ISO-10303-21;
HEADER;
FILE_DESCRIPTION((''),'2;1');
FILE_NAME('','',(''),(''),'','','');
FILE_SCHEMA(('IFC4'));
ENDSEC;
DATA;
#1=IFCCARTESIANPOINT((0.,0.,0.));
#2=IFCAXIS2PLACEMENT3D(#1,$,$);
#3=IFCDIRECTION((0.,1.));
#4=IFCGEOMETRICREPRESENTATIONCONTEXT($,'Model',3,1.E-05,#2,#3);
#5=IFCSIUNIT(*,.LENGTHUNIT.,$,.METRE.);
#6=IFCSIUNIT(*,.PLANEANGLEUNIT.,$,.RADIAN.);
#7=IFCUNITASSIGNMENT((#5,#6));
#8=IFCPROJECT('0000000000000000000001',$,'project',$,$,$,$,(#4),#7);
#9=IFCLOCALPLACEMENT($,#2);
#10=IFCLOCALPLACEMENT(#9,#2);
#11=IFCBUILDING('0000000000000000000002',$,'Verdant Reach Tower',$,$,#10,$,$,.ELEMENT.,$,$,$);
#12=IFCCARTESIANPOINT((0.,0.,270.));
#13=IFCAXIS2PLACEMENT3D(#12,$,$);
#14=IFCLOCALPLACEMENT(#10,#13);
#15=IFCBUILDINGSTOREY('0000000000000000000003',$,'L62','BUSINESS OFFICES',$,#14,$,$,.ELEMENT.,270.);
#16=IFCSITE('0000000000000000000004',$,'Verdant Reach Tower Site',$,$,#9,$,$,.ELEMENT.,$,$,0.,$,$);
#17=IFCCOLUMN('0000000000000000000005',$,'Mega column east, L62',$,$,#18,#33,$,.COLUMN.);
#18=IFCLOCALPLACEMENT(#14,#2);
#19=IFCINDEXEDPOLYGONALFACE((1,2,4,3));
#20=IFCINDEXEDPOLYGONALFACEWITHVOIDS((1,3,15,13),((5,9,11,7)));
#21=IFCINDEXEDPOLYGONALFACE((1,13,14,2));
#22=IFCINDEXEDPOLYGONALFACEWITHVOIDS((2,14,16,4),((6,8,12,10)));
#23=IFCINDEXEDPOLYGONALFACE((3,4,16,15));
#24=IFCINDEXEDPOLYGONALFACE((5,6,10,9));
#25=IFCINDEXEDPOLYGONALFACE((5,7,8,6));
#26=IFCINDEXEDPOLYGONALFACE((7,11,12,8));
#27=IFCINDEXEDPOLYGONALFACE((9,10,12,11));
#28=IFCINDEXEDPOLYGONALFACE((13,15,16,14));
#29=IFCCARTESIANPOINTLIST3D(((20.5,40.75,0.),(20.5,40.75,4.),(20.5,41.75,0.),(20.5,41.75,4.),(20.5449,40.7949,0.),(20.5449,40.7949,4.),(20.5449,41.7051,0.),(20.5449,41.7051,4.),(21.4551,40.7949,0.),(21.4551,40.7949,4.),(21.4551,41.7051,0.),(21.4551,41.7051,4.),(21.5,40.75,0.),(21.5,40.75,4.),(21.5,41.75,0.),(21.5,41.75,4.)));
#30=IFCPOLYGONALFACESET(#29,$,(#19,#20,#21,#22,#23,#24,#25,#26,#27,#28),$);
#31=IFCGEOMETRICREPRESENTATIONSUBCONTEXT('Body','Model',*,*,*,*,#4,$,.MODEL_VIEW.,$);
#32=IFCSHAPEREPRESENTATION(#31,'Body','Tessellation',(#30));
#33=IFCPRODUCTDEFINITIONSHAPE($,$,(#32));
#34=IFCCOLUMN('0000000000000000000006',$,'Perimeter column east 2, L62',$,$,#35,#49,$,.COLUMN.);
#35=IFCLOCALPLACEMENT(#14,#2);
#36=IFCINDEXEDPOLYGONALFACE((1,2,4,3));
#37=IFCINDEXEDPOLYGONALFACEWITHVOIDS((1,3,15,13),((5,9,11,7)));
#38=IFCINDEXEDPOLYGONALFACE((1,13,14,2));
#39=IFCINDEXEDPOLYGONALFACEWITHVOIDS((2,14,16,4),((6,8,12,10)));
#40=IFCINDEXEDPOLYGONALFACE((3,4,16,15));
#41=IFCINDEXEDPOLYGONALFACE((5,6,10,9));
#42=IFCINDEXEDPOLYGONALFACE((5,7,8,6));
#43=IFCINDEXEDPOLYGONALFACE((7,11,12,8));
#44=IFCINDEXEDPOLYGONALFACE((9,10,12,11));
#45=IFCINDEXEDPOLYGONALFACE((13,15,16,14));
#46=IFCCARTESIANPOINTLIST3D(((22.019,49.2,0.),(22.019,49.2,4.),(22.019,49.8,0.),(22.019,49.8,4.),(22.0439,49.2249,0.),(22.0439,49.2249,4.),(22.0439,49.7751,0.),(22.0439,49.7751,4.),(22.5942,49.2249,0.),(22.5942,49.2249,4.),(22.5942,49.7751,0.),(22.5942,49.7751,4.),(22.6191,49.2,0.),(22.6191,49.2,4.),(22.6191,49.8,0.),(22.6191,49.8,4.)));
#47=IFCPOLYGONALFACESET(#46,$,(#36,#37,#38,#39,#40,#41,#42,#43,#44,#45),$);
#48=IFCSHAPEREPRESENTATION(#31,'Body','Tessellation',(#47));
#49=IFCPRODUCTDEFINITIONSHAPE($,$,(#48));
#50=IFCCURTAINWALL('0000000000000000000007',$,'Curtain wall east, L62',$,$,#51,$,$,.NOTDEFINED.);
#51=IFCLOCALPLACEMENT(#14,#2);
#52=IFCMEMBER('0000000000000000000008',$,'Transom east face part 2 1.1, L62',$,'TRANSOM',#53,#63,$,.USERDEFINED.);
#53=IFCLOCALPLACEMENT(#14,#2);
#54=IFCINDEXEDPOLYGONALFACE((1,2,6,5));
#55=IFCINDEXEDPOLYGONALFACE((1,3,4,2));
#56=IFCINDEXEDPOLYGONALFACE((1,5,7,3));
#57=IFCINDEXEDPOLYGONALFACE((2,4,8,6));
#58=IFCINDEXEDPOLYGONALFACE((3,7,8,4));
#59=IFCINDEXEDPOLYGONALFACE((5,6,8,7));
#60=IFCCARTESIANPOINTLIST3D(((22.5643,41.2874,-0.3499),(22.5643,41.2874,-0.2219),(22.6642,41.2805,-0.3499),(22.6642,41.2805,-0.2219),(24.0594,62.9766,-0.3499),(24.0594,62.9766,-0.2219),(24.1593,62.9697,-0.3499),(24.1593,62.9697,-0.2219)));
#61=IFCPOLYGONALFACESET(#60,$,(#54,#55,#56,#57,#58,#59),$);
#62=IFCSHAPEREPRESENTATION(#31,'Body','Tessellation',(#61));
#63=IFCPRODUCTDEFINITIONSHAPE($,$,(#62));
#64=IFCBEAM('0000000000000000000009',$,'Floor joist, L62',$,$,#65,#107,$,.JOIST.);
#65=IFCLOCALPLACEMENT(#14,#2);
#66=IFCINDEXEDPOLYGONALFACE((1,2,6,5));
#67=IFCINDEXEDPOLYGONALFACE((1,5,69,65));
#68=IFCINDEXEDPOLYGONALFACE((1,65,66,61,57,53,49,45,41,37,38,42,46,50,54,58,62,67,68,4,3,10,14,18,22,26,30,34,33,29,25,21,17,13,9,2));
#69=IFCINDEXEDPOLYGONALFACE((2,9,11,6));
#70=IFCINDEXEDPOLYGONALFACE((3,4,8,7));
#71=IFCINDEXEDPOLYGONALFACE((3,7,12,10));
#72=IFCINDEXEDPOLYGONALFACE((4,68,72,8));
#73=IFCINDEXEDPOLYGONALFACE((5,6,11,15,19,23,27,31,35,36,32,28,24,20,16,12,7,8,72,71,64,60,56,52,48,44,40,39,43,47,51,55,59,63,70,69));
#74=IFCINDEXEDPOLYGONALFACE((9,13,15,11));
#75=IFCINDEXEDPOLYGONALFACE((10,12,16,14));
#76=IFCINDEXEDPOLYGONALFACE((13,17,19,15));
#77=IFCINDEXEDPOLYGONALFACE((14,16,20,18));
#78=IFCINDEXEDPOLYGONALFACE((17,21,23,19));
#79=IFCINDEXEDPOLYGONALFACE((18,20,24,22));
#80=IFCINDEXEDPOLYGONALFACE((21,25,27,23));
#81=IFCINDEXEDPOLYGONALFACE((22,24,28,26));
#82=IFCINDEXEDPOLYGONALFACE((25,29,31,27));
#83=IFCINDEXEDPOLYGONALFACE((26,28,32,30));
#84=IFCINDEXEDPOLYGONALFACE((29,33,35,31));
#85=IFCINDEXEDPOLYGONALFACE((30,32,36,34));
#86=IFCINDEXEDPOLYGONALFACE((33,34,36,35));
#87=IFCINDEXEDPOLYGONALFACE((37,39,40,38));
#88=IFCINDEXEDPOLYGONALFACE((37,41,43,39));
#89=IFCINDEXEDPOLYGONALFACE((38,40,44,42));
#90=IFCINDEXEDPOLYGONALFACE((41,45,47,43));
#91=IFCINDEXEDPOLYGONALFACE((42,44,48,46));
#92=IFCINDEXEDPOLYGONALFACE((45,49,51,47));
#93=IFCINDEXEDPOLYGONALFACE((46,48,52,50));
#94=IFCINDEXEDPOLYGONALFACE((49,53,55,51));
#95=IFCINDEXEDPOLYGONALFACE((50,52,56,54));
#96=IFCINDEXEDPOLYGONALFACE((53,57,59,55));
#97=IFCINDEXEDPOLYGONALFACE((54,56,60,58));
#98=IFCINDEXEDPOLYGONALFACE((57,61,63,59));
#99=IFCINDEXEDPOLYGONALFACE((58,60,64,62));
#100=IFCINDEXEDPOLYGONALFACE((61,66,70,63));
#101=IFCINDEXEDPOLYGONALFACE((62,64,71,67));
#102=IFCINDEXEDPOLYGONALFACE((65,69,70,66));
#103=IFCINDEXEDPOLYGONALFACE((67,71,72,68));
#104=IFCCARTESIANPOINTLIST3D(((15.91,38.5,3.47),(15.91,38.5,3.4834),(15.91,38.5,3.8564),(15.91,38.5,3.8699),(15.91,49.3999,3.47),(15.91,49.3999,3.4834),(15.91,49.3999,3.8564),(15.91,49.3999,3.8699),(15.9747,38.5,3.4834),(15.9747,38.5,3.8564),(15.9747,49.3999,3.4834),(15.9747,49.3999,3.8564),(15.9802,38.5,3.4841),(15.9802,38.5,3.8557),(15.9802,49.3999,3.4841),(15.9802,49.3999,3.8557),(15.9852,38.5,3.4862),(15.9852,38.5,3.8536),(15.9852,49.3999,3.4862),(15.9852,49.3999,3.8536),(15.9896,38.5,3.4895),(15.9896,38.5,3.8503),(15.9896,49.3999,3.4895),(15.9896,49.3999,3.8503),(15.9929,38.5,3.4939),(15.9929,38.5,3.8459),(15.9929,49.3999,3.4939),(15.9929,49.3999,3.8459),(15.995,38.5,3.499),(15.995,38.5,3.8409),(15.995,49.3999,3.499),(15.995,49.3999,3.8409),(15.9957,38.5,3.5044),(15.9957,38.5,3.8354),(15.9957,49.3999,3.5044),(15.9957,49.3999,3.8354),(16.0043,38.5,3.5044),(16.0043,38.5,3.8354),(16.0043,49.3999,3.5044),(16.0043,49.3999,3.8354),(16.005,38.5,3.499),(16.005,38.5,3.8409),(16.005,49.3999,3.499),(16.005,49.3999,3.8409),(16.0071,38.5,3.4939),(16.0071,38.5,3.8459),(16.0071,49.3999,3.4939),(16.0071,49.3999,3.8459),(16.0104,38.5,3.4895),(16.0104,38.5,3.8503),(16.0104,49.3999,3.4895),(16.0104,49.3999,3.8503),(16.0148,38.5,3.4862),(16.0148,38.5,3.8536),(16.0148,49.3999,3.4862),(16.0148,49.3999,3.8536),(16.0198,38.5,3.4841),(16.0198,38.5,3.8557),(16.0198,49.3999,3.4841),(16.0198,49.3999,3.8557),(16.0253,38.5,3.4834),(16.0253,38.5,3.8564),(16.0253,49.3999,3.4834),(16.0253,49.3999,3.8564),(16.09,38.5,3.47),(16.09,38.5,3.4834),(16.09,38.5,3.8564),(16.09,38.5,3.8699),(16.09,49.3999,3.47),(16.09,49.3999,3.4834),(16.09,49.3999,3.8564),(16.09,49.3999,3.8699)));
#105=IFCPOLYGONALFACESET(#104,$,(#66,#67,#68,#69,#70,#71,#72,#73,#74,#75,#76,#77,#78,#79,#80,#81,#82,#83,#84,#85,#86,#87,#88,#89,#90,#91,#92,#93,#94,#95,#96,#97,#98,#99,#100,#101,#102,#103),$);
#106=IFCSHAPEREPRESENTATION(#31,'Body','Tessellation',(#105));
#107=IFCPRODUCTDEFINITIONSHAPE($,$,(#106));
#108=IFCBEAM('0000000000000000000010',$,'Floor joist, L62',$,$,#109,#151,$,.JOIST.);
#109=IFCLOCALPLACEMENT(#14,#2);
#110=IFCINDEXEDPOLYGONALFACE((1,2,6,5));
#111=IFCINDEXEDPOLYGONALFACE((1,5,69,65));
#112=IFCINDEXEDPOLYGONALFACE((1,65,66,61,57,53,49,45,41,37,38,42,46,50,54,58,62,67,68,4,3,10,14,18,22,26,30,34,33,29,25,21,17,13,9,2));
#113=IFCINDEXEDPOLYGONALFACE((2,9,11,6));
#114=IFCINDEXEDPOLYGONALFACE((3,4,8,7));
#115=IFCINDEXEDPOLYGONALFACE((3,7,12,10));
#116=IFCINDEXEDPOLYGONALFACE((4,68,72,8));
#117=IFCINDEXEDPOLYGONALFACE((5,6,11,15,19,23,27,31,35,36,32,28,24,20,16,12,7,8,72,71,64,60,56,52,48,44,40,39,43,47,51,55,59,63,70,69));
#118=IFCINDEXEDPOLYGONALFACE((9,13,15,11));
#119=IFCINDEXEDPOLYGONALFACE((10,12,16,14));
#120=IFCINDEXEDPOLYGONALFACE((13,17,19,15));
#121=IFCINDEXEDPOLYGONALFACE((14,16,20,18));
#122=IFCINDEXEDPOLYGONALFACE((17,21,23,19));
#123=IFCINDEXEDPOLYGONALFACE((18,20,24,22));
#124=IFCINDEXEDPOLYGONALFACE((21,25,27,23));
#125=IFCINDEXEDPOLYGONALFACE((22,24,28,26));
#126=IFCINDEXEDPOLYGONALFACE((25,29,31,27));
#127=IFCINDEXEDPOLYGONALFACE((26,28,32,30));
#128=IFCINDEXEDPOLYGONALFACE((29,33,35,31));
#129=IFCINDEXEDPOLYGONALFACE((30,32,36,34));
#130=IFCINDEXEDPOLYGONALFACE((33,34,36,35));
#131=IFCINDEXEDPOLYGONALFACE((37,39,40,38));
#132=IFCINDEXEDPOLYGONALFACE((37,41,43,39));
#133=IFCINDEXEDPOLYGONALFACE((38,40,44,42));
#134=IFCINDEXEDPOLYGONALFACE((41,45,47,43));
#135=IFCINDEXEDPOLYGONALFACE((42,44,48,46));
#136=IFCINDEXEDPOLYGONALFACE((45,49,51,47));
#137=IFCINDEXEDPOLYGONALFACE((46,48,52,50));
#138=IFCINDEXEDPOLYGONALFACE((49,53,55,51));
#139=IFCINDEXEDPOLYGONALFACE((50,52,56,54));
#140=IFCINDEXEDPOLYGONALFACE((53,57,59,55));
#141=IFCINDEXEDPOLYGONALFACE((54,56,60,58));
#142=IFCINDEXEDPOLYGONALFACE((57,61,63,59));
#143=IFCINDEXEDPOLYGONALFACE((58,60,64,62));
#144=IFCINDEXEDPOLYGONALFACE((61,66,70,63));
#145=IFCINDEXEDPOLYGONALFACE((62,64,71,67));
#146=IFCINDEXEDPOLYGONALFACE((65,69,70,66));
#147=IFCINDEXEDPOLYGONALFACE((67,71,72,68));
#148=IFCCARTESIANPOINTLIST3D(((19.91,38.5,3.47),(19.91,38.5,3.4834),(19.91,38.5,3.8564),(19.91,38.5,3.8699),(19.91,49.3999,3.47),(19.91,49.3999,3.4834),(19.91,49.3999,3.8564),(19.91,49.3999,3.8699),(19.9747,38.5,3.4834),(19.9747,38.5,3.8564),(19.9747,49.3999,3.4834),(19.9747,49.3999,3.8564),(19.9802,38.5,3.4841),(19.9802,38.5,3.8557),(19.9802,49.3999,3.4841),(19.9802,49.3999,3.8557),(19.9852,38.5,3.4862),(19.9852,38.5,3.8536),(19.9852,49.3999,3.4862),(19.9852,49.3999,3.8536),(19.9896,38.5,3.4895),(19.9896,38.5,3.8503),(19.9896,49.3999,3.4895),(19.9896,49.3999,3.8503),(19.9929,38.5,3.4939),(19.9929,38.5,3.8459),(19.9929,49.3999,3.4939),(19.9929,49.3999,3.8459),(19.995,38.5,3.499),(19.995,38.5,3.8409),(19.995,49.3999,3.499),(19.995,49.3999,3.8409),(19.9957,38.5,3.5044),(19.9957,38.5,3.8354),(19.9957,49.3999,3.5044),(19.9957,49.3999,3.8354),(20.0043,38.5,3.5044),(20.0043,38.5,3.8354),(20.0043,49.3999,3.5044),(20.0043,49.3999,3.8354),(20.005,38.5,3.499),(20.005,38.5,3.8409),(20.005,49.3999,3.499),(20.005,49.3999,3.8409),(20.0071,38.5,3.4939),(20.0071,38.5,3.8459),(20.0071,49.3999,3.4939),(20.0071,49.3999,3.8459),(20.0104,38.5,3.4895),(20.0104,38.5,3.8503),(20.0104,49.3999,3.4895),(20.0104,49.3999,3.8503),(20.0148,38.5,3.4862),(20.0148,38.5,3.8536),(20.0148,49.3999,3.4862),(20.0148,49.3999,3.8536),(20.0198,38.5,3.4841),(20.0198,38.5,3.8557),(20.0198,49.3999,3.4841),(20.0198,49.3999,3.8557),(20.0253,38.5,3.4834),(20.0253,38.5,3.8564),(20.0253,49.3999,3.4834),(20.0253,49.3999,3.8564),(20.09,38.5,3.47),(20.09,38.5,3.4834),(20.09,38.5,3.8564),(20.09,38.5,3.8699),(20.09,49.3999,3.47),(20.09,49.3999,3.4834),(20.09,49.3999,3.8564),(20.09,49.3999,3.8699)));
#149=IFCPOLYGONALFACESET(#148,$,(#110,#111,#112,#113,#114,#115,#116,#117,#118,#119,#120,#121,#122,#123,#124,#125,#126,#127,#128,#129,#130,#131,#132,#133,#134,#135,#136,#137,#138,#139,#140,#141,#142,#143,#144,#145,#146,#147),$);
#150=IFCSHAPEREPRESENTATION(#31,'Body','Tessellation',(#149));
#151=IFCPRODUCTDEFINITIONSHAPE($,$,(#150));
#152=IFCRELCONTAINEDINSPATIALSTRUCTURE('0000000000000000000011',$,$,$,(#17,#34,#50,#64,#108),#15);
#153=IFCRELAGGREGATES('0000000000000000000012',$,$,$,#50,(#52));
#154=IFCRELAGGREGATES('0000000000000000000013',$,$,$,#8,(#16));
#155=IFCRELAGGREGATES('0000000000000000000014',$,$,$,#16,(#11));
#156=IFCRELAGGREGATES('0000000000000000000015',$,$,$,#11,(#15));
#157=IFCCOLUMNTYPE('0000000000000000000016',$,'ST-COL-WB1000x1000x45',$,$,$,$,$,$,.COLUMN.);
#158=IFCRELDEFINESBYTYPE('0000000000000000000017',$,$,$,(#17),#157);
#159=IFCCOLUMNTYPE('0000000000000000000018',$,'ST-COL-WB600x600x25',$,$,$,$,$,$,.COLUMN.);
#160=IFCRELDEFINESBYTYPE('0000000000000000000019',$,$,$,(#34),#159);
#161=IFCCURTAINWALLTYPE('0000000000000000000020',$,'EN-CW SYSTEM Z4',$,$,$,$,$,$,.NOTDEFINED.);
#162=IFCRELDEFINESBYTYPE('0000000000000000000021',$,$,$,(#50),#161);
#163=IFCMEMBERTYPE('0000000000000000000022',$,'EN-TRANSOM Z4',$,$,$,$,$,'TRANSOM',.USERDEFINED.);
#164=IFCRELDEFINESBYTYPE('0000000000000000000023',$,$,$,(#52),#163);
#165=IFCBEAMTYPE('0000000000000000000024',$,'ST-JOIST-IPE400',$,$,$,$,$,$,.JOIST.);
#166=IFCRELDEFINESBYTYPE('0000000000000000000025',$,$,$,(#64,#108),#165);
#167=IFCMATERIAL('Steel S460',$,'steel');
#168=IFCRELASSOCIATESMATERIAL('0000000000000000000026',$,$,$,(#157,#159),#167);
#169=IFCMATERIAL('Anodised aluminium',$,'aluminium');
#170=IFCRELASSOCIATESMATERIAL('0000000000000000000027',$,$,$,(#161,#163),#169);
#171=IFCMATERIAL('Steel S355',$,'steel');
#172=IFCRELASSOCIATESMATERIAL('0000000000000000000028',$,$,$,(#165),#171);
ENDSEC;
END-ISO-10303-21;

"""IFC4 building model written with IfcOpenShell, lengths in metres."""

from ifc_helpers import new_model, si_unit, direction, frame, origin, origin_2d, place, context, subcontext, project, spatial, rectangle, hollow_rectangle, i_section, extrude, material, material_profile, profile_set, type_object, element, aggregate, save


model = new_model("IFC4")

# Units and contexts
model_context = context("Model", 3, precision=1e-05, world=origin(), true_north=direction((0.0, 1.0)))
body_context = subcontext(model_context, "Body", "Model", "MODEL_VIEW")
ifc_project = project(units=[si_unit("LENGTHUNIT", "METRE"), si_unit("PLANEANGLEUNIT", "RADIAN")], contexts=[model_context])

# Site, building, storey
site_placement = place(None, origin())
site = spatial("IfcSite", under=ifc_project, at=site_placement, Name="Verdant Reach Tower Site", CompositionType="ELEMENT", RefElevation=0.0)
building_placement = place(site_placement, origin())
building = spatial("IfcBuilding", under=site, at=building_placement, Name="Verdant Reach Tower", CompositionType="ELEMENT")
storey_placement = place(building_placement, frame((0.0, 0.0, 270.0)))
storey = spatial("IfcBuildingStorey", under=building, at=storey_placement, Name="L62", Description="BUSINESS OFFICES", CompositionType="ELEMENT", Elevation=270.0)

# Columns
ifc_material_1 = material(Name="Steel S460", Category="steel")
ifc_material_profile_1 = material_profile(ifc_material_1, hollow_rectangle(XDim=1.0, YDim=1.0, WallThickness=0.0449, at=origin_2d()), Name="WB 1000x1000x45")
ifc_profile_set_1 = profile_set([ifc_material_profile_1], Name="Steel S460")
column_type_1 = type_object("IfcColumnType", Name="ST-COL-WB1000x1000x45", PredefinedType="COLUMN", material=ifc_profile_set_1)
column_1_placement = place(storey_placement, frame((21.0, 41.25, 0.0), z_axis=(0.0, 0.0, 1.0), x_axis=(1.0, 0.0, 0.0)))
element("IfcColumn", 1, at=column_1_placement, inside=storey, type_object=column_type_1, Name="Mega column east, L62", PredefinedType="COLUMN", context=body_context, shape_type="SweptSolid", body=[
    extrude(hollow_rectangle(XDim=1.0, YDim=1.0, WallThickness=0.0449, at=origin_2d()), origin(), (0.0, 0.0, 1.0), 4.0),
])
ifc_material_profile_2 = material_profile(ifc_material_1, hollow_rectangle(XDim=0.6001, YDim=0.6001, WallThickness=0.0249, at=origin_2d()), Name="WB 600x600x25")
ifc_profile_set_2 = profile_set([ifc_material_profile_2], Name="Steel S460")
column_type_2 = type_object("IfcColumnType", Name="ST-COL-WB600x600x25", PredefinedType="COLUMN", material=ifc_profile_set_2)
column_2_placement = place(storey_placement, frame((22.3191, 49.5, 0.0), z_axis=(0.0, 0.0, 1.0), x_axis=(1.0, 0.0, 0.0)))
element("IfcColumn", 2, at=column_2_placement, inside=storey, type_object=column_type_2, Name="Perimeter column east 2, L62", PredefinedType="COLUMN", context=body_context, shape_type="SweptSolid", body=[
    extrude(hollow_rectangle(XDim=0.6001, YDim=0.6001, WallThickness=0.0249, at=origin_2d()), origin(), (0.0, 0.0, 1.0), 4.0),
])

# Curtain wall, member
ifc_material_2 = material(Name="Anodised aluminium", Category="aluminium")
curtain_wall_type = type_object("IfcCurtainWallType", Name="EN-CW SYSTEM Z4", PredefinedType="NOTDEFINED", material=ifc_material_2)
curtain_wall_placement = place(storey_placement, origin())
curtain_wall = element("IfcCurtainWall", 3, at=curtain_wall_placement, inside=storey, type_object=curtain_wall_type, Name="Curtain wall east, L62", PredefinedType="NOTDEFINED")
ifc_material_profile_3 = material_profile(ifc_material_2, rectangle(XDim=0.1001, YDim=0.1279, at=origin_2d()), Name="Transom 128x100")
ifc_profile_set_3 = profile_set([ifc_material_profile_3], Name="Anodised aluminium")
member_type = type_object("IfcMemberType", Name="EN-TRANSOM Z4", ElementType="TRANSOM", PredefinedType="USERDEFINED", material=ifc_profile_set_3)
member_placement = place(storey_placement, frame((22.6143, 41.2839, -0.2859), z_axis=(0.06877, 0.997633, 0.0), x_axis=(-0.997633, 0.06877, 0.0)))
member = element("IfcMember", 4, at=member_placement, type_object=member_type, Name="Transom east face part 2 1.1, L62", ObjectType="TRANSOM", PredefinedType="USERDEFINED", context=body_context, shape_type="SweptSolid", body=[
    extrude(rectangle(XDim=0.1001, YDim=0.1279, at=origin_2d()), origin(), (0.0, 0.0, 1.0), 21.7407),
])

# Beams
ifc_material_3 = material(Name="Steel S355", Category="steel")
ifc_material_profile_4 = material_profile(ifc_material_3, i_section(OverallWidth=0.1799, OverallDepth=0.3999, WebThickness=0.0085, FlangeThickness=0.0134, FilletRadius=0.021, at=origin_2d()), Name="IPE 400")
ifc_profile_set_4 = profile_set([ifc_material_profile_4], Name="Steel S355")
beam_type_1 = type_object("IfcBeamType", Name="ST-JOIST-IPE400", PredefinedType="JOIST", material=ifc_profile_set_4)
for number, where, z_axis, x_axis, name in (
    (5, (16.0, 38.5, 3.6699), (0.0, 1.0, 0.0), (-1.0, 0.0, 0.0), "Floor joist, L62"),
    (6, (20.0, 38.5, 3.6699), (0.0, 1.0, 0.0), (-1.0, 0.0, 0.0), "Floor joist, L62"),
):
    element("IfcBeam", number, at=place(storey_placement, frame(where, z_axis=z_axis, x_axis=x_axis)), inside=storey, type_object=beam_type_1, Name=name, PredefinedType="JOIST", context=body_context, shape_type="SweptSolid", body=[
        extrude(i_section(OverallWidth=0.1799, OverallDepth=0.3999, WebThickness=0.0085, FlangeThickness=0.0134, FilletRadius=0.021, at=origin_2d()), origin(), (0.0, 0.0, 1.0), 10.8999),
    ])

aggregate(curtain_wall, [member])

save(model, "model.ifc")
